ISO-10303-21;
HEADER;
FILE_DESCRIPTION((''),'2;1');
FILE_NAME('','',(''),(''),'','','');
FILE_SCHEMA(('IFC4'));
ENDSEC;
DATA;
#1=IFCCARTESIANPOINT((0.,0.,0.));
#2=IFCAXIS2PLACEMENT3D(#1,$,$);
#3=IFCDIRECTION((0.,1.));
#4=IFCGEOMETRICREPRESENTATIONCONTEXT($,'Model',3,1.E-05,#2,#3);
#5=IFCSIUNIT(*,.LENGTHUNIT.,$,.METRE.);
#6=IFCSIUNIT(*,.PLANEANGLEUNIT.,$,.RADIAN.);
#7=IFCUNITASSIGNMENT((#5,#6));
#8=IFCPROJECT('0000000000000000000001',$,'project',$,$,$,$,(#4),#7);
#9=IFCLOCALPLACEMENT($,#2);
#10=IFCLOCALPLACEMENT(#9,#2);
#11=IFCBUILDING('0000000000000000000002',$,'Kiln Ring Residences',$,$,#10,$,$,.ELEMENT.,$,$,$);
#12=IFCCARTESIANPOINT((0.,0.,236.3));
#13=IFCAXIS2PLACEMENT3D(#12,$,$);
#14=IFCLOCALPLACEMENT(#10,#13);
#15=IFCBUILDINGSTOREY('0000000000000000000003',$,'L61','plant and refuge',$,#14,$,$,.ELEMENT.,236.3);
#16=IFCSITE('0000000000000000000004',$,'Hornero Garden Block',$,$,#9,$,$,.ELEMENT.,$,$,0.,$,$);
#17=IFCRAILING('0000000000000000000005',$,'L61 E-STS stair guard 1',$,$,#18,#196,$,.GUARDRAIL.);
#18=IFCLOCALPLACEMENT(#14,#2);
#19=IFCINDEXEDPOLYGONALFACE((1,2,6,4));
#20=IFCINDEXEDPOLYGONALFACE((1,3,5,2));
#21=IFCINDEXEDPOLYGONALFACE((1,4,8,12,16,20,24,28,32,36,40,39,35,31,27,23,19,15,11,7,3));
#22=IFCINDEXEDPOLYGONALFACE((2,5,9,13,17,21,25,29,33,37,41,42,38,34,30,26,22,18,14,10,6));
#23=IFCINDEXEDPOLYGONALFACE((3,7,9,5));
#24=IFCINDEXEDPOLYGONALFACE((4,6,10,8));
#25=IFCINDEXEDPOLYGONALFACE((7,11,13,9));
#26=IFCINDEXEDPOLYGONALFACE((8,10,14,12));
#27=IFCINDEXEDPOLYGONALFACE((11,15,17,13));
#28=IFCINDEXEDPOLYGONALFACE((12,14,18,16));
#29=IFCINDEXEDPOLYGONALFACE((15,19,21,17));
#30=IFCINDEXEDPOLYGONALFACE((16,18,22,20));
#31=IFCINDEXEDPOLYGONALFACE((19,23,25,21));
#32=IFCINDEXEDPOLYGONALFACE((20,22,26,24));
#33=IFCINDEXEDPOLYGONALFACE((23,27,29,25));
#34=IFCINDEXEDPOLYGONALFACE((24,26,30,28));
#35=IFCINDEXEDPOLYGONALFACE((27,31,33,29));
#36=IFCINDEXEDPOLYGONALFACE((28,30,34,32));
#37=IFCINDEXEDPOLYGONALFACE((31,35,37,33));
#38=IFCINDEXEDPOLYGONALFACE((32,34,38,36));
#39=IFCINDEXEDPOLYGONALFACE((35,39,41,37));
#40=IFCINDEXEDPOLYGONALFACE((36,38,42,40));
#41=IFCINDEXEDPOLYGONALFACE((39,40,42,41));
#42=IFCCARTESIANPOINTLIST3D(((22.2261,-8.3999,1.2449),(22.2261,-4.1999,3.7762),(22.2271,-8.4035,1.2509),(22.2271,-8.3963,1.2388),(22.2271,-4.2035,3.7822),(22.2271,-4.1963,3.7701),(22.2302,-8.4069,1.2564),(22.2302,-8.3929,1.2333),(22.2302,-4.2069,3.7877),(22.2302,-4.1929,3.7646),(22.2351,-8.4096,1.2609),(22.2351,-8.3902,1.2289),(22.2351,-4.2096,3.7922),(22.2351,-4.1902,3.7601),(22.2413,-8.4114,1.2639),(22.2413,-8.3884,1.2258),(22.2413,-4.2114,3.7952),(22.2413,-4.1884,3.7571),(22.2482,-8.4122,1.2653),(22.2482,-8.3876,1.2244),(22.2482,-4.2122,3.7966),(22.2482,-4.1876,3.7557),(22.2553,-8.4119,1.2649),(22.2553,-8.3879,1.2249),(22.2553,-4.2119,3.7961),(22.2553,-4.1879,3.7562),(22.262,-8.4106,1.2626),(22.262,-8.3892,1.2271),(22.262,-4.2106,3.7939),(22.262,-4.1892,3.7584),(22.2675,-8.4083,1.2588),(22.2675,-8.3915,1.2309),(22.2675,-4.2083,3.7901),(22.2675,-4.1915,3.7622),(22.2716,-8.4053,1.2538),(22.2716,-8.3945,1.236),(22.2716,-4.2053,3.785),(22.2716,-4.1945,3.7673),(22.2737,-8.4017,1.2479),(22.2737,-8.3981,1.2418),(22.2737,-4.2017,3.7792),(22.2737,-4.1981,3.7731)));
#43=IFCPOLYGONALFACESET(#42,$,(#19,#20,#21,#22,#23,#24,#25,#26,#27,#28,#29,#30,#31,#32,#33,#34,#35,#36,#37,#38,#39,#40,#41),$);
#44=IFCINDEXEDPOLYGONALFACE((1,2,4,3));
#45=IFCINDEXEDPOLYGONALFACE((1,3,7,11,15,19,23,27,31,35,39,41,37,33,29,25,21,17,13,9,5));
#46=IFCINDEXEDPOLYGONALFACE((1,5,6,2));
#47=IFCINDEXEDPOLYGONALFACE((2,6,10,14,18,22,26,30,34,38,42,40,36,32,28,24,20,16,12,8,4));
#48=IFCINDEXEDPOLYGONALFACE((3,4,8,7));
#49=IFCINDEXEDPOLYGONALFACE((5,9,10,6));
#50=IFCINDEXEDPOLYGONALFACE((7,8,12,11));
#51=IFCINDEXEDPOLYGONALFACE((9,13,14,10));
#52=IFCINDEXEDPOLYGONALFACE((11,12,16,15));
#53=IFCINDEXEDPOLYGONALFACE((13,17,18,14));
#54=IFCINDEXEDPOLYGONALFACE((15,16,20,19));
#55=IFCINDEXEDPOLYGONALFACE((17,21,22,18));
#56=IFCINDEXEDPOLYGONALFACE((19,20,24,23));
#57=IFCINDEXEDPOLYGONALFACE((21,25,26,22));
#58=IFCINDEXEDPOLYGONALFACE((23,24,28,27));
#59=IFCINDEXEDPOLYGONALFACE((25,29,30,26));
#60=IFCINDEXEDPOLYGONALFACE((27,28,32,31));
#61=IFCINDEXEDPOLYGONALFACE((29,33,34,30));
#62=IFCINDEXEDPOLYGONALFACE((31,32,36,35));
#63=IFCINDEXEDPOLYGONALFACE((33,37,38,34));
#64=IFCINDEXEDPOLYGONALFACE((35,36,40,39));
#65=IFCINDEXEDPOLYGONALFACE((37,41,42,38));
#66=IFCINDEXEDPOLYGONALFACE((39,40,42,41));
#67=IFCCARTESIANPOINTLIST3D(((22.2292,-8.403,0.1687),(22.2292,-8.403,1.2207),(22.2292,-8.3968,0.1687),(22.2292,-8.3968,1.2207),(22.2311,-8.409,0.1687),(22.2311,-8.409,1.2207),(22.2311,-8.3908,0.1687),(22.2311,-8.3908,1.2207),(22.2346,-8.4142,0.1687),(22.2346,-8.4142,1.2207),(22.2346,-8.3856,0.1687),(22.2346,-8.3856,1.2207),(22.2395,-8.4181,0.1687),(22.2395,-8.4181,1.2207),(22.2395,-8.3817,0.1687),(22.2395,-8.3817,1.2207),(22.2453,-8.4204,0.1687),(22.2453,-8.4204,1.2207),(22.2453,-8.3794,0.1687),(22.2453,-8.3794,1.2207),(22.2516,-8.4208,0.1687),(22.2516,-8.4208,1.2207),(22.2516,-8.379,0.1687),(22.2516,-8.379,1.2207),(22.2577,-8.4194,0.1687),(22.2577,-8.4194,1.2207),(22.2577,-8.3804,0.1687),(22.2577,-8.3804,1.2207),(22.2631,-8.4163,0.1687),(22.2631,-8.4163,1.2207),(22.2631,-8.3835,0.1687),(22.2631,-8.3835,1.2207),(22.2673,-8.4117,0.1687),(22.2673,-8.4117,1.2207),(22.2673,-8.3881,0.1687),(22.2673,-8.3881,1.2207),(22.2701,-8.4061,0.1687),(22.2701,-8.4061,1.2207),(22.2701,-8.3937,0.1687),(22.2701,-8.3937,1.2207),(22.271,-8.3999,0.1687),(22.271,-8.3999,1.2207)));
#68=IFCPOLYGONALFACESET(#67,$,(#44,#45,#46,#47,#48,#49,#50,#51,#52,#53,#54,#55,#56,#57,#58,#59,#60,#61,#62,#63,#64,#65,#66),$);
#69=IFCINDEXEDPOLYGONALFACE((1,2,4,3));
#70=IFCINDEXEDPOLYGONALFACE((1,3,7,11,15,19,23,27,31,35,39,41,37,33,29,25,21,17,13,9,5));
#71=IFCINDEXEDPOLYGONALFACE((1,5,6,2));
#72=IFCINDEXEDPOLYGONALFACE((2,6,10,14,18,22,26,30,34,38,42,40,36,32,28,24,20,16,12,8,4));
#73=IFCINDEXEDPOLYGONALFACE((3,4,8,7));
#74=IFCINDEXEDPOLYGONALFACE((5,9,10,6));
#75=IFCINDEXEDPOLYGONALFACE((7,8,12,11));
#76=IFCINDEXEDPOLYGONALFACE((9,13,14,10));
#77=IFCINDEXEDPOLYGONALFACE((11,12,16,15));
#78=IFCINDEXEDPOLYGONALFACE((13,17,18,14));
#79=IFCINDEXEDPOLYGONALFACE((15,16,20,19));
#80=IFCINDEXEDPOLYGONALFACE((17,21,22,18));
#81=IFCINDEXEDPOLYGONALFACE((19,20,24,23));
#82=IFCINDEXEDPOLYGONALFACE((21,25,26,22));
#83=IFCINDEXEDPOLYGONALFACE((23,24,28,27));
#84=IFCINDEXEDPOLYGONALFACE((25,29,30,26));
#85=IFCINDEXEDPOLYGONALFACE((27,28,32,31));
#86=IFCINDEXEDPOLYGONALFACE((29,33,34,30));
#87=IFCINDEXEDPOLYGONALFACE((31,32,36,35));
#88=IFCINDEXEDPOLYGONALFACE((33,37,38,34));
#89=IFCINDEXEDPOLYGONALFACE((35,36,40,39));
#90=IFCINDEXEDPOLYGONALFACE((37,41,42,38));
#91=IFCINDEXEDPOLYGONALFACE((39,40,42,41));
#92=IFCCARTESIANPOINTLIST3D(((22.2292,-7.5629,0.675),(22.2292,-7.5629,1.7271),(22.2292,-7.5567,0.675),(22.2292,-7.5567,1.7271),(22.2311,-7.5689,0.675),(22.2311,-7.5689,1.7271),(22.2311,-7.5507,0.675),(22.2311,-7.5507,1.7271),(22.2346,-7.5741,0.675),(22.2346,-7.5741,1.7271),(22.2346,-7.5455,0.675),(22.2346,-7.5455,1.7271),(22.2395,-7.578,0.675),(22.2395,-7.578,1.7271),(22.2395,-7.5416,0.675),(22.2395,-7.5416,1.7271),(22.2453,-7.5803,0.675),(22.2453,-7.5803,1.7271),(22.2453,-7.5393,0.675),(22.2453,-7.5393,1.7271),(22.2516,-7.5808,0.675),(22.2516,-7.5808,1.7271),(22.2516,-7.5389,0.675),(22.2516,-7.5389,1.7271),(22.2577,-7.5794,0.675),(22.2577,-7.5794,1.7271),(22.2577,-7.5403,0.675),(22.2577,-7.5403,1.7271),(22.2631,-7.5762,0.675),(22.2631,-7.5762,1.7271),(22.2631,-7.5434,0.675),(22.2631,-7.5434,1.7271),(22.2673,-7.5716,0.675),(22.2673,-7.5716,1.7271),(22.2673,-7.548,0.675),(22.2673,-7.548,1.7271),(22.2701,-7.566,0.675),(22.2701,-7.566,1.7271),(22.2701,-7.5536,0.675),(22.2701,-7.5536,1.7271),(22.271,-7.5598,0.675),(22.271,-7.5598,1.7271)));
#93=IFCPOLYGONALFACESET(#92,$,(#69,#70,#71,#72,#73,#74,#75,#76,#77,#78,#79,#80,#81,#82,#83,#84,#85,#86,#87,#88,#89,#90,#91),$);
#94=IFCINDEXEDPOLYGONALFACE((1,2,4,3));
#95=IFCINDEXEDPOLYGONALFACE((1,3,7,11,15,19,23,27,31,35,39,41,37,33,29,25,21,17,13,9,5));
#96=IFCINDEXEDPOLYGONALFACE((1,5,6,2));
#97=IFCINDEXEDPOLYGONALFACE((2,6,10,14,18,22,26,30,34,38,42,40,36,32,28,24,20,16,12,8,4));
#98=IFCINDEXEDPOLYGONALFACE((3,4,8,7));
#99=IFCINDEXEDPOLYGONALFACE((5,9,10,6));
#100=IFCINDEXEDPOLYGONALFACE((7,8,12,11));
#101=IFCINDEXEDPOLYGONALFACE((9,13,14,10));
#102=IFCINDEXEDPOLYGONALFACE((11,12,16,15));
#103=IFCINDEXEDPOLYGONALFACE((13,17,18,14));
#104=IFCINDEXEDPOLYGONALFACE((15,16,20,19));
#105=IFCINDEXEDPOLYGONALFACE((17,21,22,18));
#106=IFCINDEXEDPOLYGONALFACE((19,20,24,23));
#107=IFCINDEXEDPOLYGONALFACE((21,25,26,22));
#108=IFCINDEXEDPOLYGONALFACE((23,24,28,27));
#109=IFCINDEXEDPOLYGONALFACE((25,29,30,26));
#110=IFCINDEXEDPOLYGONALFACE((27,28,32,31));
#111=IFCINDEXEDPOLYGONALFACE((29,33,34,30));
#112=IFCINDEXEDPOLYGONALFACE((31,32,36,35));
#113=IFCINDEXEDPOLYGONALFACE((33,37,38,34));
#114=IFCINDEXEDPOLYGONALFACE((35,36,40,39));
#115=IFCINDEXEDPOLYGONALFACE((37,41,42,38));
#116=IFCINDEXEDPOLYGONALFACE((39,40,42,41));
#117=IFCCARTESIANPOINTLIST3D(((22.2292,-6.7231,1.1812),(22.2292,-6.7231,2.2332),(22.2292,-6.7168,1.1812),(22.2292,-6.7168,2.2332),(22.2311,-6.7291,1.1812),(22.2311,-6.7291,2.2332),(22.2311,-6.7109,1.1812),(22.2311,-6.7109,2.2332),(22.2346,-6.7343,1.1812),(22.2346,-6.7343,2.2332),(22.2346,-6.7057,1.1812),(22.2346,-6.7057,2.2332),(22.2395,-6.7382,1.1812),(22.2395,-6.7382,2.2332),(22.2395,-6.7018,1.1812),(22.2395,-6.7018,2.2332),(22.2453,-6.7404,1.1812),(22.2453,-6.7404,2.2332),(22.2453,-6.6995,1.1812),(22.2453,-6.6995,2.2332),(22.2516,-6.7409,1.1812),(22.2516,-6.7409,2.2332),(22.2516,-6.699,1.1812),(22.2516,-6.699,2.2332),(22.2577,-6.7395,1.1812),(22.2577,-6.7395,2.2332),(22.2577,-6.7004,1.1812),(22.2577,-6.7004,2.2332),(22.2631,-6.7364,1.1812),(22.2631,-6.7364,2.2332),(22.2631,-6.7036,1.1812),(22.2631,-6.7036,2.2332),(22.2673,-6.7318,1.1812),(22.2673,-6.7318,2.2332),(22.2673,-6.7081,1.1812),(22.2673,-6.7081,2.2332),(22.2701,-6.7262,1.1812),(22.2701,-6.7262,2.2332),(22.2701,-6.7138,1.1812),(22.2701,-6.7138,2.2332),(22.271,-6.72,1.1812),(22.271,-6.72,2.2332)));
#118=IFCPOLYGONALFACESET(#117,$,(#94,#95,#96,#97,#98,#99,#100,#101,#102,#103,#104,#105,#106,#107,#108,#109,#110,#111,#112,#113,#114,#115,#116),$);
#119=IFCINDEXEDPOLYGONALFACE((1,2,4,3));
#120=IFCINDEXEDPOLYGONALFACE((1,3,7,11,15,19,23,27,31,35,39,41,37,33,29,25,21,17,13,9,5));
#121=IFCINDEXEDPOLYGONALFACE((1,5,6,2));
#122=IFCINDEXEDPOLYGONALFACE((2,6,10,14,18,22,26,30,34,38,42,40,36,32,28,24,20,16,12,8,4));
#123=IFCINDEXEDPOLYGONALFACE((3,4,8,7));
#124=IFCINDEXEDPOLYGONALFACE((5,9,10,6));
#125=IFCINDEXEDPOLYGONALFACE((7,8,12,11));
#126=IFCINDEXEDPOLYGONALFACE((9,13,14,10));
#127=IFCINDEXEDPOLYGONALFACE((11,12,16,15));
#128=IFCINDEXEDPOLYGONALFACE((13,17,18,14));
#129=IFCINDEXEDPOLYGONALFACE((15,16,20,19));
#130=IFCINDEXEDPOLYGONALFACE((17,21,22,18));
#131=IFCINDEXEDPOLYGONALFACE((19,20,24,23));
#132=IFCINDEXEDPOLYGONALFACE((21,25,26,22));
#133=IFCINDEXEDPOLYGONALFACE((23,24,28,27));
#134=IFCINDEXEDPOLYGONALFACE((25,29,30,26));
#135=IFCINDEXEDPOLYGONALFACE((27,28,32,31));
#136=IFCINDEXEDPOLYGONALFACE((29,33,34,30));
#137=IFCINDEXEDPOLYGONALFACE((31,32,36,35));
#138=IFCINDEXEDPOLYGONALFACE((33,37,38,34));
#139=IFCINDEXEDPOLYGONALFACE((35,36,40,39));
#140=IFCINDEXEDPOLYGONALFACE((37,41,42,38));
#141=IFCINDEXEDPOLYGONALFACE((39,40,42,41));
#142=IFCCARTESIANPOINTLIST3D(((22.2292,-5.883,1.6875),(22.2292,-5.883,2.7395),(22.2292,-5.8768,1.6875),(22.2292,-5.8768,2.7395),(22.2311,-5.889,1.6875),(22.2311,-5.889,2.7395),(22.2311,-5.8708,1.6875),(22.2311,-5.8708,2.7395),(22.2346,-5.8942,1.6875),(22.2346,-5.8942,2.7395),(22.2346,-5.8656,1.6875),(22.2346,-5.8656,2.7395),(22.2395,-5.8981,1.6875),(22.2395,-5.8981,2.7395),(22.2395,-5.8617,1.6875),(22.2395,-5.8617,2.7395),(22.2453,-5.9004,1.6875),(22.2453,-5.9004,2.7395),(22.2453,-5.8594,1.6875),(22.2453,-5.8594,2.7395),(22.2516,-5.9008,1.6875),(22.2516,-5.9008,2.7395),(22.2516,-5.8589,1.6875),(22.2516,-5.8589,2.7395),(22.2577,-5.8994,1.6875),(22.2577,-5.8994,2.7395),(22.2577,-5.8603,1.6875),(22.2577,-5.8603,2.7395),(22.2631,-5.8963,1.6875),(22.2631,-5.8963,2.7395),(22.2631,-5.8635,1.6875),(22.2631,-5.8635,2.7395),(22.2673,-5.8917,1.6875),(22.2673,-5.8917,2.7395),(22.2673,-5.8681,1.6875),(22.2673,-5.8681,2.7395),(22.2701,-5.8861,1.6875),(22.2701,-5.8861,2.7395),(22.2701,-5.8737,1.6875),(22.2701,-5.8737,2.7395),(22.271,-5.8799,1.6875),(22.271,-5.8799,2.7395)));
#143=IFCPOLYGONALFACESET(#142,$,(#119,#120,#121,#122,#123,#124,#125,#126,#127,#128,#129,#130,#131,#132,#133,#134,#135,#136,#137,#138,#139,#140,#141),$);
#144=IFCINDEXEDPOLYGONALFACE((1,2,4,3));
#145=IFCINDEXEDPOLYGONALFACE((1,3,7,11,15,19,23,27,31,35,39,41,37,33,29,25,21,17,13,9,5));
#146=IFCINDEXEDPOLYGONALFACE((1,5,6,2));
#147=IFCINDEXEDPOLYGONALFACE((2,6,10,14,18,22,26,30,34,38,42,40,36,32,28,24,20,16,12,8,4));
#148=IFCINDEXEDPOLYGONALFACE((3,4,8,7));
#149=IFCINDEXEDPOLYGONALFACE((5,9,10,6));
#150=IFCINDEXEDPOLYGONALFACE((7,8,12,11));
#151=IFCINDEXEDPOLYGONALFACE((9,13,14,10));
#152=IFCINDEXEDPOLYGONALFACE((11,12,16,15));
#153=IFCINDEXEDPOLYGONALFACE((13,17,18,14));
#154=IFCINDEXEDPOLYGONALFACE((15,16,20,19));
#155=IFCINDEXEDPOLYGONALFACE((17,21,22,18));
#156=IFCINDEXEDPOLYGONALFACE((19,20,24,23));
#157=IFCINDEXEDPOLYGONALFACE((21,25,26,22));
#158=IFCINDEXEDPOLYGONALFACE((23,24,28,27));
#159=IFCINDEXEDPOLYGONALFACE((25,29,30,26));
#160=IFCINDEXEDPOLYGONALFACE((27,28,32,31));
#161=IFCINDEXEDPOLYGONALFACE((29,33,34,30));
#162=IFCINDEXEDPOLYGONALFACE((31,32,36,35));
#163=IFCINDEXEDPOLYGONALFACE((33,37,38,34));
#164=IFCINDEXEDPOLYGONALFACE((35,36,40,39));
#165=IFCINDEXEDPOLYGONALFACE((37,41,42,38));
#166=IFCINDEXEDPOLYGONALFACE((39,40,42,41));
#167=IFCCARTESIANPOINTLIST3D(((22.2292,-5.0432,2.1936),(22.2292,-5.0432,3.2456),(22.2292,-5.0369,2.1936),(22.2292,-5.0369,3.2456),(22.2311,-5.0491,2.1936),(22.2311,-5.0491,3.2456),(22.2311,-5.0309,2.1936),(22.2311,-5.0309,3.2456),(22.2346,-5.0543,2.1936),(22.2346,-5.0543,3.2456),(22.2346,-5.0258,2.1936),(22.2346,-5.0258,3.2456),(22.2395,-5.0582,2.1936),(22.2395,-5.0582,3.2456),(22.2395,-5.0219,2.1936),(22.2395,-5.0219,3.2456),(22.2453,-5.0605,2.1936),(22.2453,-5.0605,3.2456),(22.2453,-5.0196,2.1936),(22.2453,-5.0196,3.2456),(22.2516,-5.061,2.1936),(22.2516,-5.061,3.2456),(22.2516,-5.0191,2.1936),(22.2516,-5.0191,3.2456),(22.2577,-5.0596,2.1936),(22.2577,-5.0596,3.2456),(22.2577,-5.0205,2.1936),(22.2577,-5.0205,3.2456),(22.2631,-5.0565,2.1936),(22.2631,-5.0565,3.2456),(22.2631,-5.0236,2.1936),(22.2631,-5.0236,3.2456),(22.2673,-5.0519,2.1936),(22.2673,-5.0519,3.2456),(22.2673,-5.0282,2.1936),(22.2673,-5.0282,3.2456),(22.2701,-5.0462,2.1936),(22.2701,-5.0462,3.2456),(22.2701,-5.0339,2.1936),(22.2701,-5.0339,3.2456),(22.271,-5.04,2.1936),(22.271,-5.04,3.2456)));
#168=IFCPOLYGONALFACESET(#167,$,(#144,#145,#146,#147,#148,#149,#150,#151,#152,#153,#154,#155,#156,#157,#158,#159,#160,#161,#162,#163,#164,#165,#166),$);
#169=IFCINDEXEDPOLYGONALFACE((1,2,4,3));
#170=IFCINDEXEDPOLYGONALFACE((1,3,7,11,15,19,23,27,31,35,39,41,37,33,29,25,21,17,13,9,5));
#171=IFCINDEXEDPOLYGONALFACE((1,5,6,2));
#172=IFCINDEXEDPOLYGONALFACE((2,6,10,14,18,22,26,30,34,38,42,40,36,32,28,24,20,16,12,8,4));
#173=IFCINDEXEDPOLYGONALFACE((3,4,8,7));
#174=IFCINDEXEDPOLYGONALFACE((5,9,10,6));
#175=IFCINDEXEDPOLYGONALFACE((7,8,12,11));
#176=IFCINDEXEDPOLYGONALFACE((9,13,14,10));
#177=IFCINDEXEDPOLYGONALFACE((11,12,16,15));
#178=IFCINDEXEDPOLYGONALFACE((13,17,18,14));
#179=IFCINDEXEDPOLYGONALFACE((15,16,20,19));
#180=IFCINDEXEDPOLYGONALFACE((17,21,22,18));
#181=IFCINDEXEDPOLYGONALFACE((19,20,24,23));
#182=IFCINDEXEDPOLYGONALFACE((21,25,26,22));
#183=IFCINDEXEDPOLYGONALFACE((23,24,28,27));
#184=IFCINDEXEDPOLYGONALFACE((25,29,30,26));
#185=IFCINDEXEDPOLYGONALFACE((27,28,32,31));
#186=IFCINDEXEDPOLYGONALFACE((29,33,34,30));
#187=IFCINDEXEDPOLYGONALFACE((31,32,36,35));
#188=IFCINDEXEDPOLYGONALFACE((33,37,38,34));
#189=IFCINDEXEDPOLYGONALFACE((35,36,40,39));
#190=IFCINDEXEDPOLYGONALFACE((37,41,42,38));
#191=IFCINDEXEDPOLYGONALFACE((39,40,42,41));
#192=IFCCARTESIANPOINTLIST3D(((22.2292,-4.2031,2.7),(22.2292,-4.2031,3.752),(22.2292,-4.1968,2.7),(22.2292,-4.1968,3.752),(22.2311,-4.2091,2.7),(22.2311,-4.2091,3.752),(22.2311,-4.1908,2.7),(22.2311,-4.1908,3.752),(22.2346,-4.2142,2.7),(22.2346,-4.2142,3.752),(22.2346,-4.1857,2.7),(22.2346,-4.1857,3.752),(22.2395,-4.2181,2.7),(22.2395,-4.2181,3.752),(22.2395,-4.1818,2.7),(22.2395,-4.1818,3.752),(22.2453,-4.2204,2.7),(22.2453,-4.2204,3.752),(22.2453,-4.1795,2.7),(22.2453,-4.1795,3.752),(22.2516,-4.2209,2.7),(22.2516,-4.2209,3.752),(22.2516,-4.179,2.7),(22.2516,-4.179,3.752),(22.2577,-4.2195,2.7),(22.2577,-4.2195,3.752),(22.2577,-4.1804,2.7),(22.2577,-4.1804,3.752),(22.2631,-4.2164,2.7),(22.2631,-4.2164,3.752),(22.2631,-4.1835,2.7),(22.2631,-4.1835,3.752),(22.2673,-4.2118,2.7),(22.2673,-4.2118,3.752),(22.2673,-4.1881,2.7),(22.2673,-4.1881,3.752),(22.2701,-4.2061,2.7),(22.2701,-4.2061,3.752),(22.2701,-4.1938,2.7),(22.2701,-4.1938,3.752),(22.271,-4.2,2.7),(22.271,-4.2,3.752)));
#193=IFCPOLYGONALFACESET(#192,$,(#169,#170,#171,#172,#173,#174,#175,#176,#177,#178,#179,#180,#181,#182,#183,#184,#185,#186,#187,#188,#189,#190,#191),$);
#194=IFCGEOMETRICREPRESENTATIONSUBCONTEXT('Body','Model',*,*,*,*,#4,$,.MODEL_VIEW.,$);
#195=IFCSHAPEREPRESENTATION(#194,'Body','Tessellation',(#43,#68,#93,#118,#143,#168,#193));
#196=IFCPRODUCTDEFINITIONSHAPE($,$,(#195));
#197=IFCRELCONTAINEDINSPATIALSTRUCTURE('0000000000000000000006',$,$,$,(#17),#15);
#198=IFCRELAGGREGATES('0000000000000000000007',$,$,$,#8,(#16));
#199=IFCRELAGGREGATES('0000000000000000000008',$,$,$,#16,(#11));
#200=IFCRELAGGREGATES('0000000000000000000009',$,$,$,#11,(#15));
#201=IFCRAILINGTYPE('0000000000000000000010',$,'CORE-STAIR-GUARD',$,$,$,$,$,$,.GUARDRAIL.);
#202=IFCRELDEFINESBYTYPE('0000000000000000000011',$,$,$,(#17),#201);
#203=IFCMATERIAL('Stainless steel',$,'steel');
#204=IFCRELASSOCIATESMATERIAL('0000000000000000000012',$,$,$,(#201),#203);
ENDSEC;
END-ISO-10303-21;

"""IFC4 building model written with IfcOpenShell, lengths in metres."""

from ifc_helpers import new_model, si_unit, direction, frame, origin, origin_2d, place, context, subcontext, project, spatial, circle, extrude, material, type_object, element, save


model = new_model("IFC4")

# Units and contexts
model_context = context("Model", 3, precision=1e-05, world=origin(), true_north=direction((0.0, 1.0)))
body_context = subcontext(model_context, "Body", "Model", "MODEL_VIEW")
ifc_project = project(units=[si_unit("LENGTHUNIT", "METRE"), si_unit("PLANEANGLEUNIT", "RADIAN")], contexts=[model_context])

# Site, building, storey
site_placement = place(None, origin())
site = spatial("IfcSite", under=ifc_project, at=site_placement, Name="Hornero Garden Block", CompositionType="ELEMENT", RefElevation=0.0)
building_placement = place(site_placement, origin())
building = spatial("IfcBuilding", under=site, at=building_placement, Name="Kiln Ring Residences", CompositionType="ELEMENT")
storey_placement = place(building_placement, frame((0.0, 0.0, 236.3)))
storey = spatial("IfcBuildingStorey", under=building, at=storey_placement, Name="L61", Description="plant and refuge", CompositionType="ELEMENT", Elevation=236.3)

# Railing
ifc_material_1 = material(Name="Stainless steel", Category="steel")
railing_type_1 = type_object("IfcRailingType", Name="CORE-STAIR-GUARD", PredefinedType="GUARDRAIL", material=ifc_material_1)
railing_1_placement = place(storey_placement, frame((22.25, -8.3999, 0.1687)))
element("IfcRailing", 1, at=railing_1_placement, inside=storey, type_object=railing_type_1, Name="L61 E-STS stair guard 1", PredefinedType="GUARDRAIL", context=body_context, shape_type="SweptSolid", body=[
    extrude(circle(Radius=0.0239, at=origin_2d()), frame((0.0, 0.0, 1.0762), z_axis=(0.0, 0.856476, 0.516186), x_axis=(-1.0, 0.0, 0.0)), (0.0, 0.0, 1.0), 4.9038),
    extrude(circle(Radius=0.021, at=origin_2d()), origin(), (0.0, 0.0, 1.0), 1.052),
    extrude(circle(Radius=0.021, at=origin_2d()), frame((0.0, 0.8401, 0.5063)), (0.0, 0.0, 1.0), 1.052),
    extrude(circle(Radius=0.021, at=origin_2d()), frame((0.0, 1.6799, 1.0125)), (0.0, 0.0, 1.0), 1.052),
    extrude(circle(Radius=0.021, at=origin_2d()), frame((0.0, 2.52, 1.5188)), (0.0, 0.0, 1.0), 1.052),
    extrude(circle(Radius=0.021, at=origin_2d()), frame((0.0, 3.3599, 2.0249)), (0.0, 0.0, 1.0), 1.052),
    extrude(circle(Radius=0.021, at=origin_2d()), frame((0.0, 4.2, 2.5312)), (0.0, 0.0, 1.0), 1.052),
])

save(model, "model.ifc")
